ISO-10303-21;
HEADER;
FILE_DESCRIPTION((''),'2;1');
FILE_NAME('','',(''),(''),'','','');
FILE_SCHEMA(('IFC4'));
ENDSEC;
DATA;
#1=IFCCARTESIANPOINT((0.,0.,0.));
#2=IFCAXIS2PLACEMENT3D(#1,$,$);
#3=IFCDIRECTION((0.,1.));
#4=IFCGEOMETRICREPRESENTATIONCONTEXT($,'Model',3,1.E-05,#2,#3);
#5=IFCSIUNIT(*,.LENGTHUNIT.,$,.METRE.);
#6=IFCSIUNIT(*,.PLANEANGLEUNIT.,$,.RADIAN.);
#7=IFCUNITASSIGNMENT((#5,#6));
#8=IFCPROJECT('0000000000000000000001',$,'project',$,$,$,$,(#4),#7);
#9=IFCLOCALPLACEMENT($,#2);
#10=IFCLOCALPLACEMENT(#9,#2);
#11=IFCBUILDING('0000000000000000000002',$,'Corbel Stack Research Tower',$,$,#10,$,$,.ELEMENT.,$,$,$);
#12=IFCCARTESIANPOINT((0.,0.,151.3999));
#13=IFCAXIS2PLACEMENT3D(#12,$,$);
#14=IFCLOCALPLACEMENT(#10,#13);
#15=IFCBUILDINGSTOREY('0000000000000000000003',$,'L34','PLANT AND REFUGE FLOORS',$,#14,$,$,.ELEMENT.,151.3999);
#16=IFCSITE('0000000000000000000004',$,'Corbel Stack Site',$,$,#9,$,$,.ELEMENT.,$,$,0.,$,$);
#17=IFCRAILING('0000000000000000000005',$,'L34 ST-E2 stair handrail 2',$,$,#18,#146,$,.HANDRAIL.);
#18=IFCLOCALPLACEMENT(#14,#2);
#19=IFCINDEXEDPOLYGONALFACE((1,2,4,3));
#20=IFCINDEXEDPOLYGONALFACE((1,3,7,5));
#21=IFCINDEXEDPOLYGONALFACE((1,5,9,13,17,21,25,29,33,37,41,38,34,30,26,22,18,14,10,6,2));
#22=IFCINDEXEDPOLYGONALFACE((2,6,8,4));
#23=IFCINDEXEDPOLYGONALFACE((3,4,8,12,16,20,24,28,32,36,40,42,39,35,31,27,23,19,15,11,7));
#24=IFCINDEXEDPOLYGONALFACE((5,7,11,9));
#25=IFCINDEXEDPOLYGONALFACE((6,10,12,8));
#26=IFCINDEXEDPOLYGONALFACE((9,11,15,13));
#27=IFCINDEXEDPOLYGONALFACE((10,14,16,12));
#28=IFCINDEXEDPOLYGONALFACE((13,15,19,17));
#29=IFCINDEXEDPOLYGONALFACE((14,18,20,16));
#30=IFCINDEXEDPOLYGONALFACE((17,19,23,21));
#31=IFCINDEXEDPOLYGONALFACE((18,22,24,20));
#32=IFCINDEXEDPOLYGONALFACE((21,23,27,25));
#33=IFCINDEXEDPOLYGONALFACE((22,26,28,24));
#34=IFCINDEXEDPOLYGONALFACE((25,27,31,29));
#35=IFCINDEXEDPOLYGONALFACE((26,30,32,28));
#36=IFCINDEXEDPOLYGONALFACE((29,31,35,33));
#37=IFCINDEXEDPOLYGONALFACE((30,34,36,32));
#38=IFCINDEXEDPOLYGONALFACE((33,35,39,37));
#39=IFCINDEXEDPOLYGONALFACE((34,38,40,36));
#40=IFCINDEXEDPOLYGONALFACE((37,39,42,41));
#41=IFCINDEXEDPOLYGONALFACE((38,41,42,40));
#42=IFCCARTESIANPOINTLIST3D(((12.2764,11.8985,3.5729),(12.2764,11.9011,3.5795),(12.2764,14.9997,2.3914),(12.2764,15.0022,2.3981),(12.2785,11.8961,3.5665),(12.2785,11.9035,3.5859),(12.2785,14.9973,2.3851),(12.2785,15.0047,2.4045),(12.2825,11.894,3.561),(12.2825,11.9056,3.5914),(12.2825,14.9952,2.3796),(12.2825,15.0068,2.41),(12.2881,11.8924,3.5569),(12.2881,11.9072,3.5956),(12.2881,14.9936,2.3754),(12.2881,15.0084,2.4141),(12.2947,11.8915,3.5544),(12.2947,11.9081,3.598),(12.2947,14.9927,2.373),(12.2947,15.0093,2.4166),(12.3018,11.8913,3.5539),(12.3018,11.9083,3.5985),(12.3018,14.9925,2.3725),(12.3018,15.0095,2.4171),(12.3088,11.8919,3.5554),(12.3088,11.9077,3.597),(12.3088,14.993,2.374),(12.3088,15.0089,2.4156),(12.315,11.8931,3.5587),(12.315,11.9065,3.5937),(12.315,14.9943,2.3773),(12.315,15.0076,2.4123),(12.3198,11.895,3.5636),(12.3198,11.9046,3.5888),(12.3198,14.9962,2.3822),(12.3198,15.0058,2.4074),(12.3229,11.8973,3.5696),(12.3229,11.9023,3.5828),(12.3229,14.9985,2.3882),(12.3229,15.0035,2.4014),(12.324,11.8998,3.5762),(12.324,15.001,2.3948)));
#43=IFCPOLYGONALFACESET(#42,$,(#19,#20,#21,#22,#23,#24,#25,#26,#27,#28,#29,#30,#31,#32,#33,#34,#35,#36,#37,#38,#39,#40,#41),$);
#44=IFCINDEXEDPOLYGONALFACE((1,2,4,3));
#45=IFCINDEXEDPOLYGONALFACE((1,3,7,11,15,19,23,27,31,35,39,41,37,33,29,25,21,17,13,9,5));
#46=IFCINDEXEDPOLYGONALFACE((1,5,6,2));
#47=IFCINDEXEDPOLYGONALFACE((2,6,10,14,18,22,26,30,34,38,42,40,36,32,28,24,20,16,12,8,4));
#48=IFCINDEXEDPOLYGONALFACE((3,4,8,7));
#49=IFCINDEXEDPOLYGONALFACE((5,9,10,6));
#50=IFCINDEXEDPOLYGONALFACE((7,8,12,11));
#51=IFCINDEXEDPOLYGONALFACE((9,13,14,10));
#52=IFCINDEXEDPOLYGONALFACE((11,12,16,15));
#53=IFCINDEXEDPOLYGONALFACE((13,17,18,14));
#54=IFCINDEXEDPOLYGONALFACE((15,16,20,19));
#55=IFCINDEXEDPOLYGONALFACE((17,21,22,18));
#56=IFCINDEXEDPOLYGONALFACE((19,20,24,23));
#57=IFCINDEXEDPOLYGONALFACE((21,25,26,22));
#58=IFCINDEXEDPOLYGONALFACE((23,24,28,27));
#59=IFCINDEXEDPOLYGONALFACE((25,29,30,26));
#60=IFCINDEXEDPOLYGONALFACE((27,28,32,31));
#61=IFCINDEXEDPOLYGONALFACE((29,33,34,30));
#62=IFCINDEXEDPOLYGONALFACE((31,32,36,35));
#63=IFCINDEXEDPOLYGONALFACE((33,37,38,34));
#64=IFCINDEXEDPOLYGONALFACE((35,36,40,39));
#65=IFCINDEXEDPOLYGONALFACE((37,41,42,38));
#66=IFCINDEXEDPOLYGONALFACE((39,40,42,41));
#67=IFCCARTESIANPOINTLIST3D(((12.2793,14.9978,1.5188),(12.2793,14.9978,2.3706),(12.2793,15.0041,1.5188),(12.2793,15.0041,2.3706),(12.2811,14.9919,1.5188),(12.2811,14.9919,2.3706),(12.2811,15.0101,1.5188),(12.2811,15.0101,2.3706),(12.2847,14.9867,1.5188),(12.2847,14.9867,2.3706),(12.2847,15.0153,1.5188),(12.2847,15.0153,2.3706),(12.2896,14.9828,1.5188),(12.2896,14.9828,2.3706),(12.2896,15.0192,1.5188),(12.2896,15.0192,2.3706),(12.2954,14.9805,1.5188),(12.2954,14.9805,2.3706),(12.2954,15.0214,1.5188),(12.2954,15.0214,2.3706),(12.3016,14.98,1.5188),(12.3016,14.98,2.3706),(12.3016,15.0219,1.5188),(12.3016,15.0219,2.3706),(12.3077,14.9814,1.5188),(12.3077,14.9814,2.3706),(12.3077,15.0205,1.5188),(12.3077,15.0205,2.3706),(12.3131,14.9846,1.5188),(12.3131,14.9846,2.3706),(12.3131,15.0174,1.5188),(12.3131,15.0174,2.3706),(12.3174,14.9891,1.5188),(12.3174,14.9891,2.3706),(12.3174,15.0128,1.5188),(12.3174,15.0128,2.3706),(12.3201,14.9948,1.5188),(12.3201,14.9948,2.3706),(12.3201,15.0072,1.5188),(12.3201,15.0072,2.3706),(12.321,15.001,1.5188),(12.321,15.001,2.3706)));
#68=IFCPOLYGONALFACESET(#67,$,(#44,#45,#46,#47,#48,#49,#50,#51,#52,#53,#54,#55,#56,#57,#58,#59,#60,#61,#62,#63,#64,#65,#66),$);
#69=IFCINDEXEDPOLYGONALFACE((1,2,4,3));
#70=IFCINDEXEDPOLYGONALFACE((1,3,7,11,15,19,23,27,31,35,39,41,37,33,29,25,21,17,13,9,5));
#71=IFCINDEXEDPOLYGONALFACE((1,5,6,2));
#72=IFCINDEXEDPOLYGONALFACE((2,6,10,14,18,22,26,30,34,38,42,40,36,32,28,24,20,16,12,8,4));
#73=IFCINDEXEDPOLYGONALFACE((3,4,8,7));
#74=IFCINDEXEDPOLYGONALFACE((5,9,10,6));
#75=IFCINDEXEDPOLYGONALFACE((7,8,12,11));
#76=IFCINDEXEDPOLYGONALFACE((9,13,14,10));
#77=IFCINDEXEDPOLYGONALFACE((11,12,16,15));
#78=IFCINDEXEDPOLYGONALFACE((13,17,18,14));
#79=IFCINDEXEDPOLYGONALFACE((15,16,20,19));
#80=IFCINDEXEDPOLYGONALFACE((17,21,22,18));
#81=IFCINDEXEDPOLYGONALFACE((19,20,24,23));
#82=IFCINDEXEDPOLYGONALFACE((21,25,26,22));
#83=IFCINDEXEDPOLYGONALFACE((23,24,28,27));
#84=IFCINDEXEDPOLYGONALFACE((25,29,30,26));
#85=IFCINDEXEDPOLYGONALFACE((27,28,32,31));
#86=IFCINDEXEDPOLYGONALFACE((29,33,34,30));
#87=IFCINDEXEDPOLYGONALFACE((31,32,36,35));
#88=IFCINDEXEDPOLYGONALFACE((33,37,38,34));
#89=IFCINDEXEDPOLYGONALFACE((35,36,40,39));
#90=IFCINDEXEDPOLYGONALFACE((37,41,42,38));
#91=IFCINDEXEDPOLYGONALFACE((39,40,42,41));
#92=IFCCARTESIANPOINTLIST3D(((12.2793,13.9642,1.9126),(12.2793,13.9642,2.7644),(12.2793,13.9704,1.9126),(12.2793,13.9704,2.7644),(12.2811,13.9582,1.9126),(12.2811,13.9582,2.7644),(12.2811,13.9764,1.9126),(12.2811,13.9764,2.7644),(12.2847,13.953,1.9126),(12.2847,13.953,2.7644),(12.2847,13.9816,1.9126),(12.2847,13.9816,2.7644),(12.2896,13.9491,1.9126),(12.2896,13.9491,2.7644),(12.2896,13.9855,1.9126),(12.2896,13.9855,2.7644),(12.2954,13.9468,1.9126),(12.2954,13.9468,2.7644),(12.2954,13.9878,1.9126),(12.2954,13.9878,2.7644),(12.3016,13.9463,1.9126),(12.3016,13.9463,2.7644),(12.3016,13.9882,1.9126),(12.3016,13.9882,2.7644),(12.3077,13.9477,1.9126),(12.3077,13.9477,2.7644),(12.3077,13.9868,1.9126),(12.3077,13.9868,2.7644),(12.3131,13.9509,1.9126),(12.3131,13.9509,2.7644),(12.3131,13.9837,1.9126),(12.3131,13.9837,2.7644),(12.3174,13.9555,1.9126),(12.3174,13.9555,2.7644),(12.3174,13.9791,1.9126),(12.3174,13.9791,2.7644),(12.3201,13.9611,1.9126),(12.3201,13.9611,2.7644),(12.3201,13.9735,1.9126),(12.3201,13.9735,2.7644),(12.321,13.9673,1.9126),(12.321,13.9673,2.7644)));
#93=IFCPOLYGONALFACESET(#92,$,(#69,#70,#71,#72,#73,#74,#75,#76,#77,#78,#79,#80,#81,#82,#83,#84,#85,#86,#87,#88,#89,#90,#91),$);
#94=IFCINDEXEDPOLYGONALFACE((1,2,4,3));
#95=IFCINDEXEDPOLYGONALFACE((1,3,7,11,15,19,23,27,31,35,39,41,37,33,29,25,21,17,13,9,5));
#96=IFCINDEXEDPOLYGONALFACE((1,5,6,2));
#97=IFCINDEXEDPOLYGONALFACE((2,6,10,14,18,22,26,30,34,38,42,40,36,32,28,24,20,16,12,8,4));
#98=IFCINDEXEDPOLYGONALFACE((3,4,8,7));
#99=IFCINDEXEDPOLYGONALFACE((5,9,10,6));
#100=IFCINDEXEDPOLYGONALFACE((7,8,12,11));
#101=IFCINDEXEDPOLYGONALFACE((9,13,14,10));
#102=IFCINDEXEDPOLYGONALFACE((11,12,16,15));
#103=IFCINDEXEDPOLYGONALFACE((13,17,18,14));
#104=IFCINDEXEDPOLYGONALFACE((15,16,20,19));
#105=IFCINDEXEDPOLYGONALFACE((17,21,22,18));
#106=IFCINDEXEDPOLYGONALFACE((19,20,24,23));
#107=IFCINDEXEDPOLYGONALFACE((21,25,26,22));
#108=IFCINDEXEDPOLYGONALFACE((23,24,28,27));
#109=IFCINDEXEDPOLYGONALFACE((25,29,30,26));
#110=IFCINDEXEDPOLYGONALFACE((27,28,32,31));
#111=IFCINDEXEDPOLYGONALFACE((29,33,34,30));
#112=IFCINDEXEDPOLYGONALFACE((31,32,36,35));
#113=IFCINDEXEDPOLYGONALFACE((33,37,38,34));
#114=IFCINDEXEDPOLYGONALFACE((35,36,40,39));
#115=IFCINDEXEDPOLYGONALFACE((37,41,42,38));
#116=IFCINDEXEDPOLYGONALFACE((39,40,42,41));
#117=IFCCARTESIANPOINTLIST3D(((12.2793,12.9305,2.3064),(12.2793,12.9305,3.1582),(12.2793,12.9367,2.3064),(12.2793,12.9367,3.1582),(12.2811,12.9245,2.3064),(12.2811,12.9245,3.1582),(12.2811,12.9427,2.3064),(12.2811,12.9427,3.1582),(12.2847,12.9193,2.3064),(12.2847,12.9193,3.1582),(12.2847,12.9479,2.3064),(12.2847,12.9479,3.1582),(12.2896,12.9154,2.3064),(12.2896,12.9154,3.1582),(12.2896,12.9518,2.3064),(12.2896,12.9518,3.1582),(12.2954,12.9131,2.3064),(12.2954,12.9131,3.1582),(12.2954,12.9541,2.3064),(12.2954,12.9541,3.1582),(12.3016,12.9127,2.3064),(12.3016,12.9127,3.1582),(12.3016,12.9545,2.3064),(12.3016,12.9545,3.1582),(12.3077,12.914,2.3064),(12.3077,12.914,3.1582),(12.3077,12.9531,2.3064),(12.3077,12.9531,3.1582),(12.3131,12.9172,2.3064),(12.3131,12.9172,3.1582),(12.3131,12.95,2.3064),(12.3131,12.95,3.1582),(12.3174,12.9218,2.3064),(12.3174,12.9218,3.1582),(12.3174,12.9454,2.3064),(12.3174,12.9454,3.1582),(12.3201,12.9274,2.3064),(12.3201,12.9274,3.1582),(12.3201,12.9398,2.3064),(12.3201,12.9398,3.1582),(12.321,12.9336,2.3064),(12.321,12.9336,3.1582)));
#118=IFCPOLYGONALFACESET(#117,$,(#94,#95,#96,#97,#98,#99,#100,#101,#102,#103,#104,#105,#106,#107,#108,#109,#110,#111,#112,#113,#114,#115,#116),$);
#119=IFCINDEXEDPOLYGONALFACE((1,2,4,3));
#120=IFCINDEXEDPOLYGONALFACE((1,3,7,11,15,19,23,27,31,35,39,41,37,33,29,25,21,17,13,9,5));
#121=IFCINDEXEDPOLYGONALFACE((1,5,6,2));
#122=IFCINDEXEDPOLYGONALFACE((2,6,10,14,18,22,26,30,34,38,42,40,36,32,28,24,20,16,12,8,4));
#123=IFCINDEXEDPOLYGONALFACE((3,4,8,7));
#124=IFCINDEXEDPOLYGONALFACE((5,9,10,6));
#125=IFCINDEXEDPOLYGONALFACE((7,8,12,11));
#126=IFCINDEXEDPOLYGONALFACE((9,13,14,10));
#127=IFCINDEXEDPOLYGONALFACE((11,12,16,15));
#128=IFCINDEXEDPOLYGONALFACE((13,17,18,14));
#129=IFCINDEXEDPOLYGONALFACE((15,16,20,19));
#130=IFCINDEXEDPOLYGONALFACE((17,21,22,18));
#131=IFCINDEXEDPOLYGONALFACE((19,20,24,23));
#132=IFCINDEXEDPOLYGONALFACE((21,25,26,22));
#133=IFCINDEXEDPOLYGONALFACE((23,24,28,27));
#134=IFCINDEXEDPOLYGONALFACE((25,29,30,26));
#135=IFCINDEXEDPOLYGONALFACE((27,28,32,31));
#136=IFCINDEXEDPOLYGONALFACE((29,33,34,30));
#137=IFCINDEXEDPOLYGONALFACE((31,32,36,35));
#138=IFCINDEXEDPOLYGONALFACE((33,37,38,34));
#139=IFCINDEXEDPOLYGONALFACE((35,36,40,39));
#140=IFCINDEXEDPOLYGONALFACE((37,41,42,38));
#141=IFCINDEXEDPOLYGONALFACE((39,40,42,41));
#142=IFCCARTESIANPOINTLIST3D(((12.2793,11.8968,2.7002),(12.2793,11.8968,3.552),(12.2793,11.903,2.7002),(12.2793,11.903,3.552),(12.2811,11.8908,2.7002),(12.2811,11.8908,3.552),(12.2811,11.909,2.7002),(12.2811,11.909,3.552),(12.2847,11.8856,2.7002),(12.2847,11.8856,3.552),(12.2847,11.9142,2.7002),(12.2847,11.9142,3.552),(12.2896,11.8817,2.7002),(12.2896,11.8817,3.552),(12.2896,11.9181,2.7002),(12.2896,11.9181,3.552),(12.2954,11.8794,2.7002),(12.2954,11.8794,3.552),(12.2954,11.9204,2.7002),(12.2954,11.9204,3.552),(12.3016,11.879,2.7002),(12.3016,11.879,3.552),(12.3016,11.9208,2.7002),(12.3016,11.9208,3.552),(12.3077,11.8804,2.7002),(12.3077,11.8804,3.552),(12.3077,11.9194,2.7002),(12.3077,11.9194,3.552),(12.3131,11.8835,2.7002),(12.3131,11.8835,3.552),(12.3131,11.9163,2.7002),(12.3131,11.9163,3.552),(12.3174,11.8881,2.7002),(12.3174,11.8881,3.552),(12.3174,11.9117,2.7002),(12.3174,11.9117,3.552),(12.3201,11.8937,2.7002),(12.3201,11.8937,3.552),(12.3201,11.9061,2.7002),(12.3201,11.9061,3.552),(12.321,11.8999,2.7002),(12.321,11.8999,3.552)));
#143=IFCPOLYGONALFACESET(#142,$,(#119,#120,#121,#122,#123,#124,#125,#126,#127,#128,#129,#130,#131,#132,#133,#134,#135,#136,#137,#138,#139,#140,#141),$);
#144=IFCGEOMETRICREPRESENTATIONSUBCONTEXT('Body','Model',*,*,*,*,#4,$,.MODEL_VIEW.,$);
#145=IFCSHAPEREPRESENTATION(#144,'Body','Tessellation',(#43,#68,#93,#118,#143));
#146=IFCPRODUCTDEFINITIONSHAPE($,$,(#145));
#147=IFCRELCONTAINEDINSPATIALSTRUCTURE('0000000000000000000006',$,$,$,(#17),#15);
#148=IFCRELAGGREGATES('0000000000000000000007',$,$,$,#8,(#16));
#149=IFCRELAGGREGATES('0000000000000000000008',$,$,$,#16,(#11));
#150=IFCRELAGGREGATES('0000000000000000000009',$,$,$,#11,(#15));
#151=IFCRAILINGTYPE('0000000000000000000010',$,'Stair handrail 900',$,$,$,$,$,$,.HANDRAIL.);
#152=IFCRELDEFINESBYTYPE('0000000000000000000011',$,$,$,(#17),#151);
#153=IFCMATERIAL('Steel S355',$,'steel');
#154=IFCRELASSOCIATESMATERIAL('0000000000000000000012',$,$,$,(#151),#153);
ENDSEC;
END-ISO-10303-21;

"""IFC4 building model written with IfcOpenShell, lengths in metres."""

from ifc_helpers import new_model, si_unit, direction, frame, origin, origin_2d, place, context, subcontext, project, spatial, circle, extrude, material, type_object, element, save


model = new_model("IFC4")

# Units and contexts
model_context = context("Model", 3, precision=1e-05, world=origin(), true_north=direction((0.0, 1.0)))
body_context = subcontext(model_context, "Body", "Model", "MODEL_VIEW")
ifc_project = project(units=[si_unit("LENGTHUNIT", "METRE"), si_unit("PLANEANGLEUNIT", "RADIAN")], contexts=[model_context])

# Site, building, storey
site_placement = place(None, origin())
site = spatial("IfcSite", under=ifc_project, at=site_placement, Name="Corbel Stack Site", CompositionType="ELEMENT", RefElevation=0.0)
building_placement = place(site_placement, origin())
building = spatial("IfcBuilding", under=site, at=building_placement, Name="Corbel Stack Research Tower", CompositionType="ELEMENT")
storey_placement = place(building_placement, frame((0.0, 0.0, 151.3999)))
storey = spatial("IfcBuildingStorey", under=building, at=storey_placement, Name="L34", Description="PLANT AND REFUGE FLOORS", CompositionType="ELEMENT", Elevation=151.3999)

# Railing
ifc_material_1 = material(Name="Steel S355", Category="steel")
railing_type = type_object("IfcRailingType", Name="Stair handrail 900", PredefinedType="HANDRAIL", material=ifc_material_1)
for number, where, name in (
    (1, (12.3, 15.001, 1.5188), "L34 ST-E2 stair handrail 2"),
):
    element("IfcRailing", number, at=place(storey_placement, frame(where)), inside=storey, type_object=railing_type, Name=name, PredefinedType="HANDRAIL", context=body_context, shape_type="SweptSolid", body=[
        extrude(circle(Radius=0.0239, at=origin_2d()), frame((0.0, 0.0, 0.876), z_axis=(0.0, -0.934484, 0.356005), x_axis=(1.0, 0.0, 0.0)), (0.0, 0.0, 1.0), 3.3186),
        extrude(circle(Radius=0.021, at=origin_2d()), origin(), (0.0, 0.0, 1.0), 0.8518),
        extrude(circle(Radius=0.021, at=origin_2d()), frame((0.0, -1.0337, 0.3938)), (0.0, 0.0, 1.0), 0.8518),
        extrude(circle(Radius=0.021, at=origin_2d()), frame((0.0, -2.0674, 0.7876)), (0.0, 0.0, 1.0), 0.8518),
        extrude(circle(Radius=0.021, at=origin_2d()), frame((0.0, -3.1011, 1.1814)), (0.0, 0.0, 1.0), 0.8518),
    ])

save(model, "model.ifc")
